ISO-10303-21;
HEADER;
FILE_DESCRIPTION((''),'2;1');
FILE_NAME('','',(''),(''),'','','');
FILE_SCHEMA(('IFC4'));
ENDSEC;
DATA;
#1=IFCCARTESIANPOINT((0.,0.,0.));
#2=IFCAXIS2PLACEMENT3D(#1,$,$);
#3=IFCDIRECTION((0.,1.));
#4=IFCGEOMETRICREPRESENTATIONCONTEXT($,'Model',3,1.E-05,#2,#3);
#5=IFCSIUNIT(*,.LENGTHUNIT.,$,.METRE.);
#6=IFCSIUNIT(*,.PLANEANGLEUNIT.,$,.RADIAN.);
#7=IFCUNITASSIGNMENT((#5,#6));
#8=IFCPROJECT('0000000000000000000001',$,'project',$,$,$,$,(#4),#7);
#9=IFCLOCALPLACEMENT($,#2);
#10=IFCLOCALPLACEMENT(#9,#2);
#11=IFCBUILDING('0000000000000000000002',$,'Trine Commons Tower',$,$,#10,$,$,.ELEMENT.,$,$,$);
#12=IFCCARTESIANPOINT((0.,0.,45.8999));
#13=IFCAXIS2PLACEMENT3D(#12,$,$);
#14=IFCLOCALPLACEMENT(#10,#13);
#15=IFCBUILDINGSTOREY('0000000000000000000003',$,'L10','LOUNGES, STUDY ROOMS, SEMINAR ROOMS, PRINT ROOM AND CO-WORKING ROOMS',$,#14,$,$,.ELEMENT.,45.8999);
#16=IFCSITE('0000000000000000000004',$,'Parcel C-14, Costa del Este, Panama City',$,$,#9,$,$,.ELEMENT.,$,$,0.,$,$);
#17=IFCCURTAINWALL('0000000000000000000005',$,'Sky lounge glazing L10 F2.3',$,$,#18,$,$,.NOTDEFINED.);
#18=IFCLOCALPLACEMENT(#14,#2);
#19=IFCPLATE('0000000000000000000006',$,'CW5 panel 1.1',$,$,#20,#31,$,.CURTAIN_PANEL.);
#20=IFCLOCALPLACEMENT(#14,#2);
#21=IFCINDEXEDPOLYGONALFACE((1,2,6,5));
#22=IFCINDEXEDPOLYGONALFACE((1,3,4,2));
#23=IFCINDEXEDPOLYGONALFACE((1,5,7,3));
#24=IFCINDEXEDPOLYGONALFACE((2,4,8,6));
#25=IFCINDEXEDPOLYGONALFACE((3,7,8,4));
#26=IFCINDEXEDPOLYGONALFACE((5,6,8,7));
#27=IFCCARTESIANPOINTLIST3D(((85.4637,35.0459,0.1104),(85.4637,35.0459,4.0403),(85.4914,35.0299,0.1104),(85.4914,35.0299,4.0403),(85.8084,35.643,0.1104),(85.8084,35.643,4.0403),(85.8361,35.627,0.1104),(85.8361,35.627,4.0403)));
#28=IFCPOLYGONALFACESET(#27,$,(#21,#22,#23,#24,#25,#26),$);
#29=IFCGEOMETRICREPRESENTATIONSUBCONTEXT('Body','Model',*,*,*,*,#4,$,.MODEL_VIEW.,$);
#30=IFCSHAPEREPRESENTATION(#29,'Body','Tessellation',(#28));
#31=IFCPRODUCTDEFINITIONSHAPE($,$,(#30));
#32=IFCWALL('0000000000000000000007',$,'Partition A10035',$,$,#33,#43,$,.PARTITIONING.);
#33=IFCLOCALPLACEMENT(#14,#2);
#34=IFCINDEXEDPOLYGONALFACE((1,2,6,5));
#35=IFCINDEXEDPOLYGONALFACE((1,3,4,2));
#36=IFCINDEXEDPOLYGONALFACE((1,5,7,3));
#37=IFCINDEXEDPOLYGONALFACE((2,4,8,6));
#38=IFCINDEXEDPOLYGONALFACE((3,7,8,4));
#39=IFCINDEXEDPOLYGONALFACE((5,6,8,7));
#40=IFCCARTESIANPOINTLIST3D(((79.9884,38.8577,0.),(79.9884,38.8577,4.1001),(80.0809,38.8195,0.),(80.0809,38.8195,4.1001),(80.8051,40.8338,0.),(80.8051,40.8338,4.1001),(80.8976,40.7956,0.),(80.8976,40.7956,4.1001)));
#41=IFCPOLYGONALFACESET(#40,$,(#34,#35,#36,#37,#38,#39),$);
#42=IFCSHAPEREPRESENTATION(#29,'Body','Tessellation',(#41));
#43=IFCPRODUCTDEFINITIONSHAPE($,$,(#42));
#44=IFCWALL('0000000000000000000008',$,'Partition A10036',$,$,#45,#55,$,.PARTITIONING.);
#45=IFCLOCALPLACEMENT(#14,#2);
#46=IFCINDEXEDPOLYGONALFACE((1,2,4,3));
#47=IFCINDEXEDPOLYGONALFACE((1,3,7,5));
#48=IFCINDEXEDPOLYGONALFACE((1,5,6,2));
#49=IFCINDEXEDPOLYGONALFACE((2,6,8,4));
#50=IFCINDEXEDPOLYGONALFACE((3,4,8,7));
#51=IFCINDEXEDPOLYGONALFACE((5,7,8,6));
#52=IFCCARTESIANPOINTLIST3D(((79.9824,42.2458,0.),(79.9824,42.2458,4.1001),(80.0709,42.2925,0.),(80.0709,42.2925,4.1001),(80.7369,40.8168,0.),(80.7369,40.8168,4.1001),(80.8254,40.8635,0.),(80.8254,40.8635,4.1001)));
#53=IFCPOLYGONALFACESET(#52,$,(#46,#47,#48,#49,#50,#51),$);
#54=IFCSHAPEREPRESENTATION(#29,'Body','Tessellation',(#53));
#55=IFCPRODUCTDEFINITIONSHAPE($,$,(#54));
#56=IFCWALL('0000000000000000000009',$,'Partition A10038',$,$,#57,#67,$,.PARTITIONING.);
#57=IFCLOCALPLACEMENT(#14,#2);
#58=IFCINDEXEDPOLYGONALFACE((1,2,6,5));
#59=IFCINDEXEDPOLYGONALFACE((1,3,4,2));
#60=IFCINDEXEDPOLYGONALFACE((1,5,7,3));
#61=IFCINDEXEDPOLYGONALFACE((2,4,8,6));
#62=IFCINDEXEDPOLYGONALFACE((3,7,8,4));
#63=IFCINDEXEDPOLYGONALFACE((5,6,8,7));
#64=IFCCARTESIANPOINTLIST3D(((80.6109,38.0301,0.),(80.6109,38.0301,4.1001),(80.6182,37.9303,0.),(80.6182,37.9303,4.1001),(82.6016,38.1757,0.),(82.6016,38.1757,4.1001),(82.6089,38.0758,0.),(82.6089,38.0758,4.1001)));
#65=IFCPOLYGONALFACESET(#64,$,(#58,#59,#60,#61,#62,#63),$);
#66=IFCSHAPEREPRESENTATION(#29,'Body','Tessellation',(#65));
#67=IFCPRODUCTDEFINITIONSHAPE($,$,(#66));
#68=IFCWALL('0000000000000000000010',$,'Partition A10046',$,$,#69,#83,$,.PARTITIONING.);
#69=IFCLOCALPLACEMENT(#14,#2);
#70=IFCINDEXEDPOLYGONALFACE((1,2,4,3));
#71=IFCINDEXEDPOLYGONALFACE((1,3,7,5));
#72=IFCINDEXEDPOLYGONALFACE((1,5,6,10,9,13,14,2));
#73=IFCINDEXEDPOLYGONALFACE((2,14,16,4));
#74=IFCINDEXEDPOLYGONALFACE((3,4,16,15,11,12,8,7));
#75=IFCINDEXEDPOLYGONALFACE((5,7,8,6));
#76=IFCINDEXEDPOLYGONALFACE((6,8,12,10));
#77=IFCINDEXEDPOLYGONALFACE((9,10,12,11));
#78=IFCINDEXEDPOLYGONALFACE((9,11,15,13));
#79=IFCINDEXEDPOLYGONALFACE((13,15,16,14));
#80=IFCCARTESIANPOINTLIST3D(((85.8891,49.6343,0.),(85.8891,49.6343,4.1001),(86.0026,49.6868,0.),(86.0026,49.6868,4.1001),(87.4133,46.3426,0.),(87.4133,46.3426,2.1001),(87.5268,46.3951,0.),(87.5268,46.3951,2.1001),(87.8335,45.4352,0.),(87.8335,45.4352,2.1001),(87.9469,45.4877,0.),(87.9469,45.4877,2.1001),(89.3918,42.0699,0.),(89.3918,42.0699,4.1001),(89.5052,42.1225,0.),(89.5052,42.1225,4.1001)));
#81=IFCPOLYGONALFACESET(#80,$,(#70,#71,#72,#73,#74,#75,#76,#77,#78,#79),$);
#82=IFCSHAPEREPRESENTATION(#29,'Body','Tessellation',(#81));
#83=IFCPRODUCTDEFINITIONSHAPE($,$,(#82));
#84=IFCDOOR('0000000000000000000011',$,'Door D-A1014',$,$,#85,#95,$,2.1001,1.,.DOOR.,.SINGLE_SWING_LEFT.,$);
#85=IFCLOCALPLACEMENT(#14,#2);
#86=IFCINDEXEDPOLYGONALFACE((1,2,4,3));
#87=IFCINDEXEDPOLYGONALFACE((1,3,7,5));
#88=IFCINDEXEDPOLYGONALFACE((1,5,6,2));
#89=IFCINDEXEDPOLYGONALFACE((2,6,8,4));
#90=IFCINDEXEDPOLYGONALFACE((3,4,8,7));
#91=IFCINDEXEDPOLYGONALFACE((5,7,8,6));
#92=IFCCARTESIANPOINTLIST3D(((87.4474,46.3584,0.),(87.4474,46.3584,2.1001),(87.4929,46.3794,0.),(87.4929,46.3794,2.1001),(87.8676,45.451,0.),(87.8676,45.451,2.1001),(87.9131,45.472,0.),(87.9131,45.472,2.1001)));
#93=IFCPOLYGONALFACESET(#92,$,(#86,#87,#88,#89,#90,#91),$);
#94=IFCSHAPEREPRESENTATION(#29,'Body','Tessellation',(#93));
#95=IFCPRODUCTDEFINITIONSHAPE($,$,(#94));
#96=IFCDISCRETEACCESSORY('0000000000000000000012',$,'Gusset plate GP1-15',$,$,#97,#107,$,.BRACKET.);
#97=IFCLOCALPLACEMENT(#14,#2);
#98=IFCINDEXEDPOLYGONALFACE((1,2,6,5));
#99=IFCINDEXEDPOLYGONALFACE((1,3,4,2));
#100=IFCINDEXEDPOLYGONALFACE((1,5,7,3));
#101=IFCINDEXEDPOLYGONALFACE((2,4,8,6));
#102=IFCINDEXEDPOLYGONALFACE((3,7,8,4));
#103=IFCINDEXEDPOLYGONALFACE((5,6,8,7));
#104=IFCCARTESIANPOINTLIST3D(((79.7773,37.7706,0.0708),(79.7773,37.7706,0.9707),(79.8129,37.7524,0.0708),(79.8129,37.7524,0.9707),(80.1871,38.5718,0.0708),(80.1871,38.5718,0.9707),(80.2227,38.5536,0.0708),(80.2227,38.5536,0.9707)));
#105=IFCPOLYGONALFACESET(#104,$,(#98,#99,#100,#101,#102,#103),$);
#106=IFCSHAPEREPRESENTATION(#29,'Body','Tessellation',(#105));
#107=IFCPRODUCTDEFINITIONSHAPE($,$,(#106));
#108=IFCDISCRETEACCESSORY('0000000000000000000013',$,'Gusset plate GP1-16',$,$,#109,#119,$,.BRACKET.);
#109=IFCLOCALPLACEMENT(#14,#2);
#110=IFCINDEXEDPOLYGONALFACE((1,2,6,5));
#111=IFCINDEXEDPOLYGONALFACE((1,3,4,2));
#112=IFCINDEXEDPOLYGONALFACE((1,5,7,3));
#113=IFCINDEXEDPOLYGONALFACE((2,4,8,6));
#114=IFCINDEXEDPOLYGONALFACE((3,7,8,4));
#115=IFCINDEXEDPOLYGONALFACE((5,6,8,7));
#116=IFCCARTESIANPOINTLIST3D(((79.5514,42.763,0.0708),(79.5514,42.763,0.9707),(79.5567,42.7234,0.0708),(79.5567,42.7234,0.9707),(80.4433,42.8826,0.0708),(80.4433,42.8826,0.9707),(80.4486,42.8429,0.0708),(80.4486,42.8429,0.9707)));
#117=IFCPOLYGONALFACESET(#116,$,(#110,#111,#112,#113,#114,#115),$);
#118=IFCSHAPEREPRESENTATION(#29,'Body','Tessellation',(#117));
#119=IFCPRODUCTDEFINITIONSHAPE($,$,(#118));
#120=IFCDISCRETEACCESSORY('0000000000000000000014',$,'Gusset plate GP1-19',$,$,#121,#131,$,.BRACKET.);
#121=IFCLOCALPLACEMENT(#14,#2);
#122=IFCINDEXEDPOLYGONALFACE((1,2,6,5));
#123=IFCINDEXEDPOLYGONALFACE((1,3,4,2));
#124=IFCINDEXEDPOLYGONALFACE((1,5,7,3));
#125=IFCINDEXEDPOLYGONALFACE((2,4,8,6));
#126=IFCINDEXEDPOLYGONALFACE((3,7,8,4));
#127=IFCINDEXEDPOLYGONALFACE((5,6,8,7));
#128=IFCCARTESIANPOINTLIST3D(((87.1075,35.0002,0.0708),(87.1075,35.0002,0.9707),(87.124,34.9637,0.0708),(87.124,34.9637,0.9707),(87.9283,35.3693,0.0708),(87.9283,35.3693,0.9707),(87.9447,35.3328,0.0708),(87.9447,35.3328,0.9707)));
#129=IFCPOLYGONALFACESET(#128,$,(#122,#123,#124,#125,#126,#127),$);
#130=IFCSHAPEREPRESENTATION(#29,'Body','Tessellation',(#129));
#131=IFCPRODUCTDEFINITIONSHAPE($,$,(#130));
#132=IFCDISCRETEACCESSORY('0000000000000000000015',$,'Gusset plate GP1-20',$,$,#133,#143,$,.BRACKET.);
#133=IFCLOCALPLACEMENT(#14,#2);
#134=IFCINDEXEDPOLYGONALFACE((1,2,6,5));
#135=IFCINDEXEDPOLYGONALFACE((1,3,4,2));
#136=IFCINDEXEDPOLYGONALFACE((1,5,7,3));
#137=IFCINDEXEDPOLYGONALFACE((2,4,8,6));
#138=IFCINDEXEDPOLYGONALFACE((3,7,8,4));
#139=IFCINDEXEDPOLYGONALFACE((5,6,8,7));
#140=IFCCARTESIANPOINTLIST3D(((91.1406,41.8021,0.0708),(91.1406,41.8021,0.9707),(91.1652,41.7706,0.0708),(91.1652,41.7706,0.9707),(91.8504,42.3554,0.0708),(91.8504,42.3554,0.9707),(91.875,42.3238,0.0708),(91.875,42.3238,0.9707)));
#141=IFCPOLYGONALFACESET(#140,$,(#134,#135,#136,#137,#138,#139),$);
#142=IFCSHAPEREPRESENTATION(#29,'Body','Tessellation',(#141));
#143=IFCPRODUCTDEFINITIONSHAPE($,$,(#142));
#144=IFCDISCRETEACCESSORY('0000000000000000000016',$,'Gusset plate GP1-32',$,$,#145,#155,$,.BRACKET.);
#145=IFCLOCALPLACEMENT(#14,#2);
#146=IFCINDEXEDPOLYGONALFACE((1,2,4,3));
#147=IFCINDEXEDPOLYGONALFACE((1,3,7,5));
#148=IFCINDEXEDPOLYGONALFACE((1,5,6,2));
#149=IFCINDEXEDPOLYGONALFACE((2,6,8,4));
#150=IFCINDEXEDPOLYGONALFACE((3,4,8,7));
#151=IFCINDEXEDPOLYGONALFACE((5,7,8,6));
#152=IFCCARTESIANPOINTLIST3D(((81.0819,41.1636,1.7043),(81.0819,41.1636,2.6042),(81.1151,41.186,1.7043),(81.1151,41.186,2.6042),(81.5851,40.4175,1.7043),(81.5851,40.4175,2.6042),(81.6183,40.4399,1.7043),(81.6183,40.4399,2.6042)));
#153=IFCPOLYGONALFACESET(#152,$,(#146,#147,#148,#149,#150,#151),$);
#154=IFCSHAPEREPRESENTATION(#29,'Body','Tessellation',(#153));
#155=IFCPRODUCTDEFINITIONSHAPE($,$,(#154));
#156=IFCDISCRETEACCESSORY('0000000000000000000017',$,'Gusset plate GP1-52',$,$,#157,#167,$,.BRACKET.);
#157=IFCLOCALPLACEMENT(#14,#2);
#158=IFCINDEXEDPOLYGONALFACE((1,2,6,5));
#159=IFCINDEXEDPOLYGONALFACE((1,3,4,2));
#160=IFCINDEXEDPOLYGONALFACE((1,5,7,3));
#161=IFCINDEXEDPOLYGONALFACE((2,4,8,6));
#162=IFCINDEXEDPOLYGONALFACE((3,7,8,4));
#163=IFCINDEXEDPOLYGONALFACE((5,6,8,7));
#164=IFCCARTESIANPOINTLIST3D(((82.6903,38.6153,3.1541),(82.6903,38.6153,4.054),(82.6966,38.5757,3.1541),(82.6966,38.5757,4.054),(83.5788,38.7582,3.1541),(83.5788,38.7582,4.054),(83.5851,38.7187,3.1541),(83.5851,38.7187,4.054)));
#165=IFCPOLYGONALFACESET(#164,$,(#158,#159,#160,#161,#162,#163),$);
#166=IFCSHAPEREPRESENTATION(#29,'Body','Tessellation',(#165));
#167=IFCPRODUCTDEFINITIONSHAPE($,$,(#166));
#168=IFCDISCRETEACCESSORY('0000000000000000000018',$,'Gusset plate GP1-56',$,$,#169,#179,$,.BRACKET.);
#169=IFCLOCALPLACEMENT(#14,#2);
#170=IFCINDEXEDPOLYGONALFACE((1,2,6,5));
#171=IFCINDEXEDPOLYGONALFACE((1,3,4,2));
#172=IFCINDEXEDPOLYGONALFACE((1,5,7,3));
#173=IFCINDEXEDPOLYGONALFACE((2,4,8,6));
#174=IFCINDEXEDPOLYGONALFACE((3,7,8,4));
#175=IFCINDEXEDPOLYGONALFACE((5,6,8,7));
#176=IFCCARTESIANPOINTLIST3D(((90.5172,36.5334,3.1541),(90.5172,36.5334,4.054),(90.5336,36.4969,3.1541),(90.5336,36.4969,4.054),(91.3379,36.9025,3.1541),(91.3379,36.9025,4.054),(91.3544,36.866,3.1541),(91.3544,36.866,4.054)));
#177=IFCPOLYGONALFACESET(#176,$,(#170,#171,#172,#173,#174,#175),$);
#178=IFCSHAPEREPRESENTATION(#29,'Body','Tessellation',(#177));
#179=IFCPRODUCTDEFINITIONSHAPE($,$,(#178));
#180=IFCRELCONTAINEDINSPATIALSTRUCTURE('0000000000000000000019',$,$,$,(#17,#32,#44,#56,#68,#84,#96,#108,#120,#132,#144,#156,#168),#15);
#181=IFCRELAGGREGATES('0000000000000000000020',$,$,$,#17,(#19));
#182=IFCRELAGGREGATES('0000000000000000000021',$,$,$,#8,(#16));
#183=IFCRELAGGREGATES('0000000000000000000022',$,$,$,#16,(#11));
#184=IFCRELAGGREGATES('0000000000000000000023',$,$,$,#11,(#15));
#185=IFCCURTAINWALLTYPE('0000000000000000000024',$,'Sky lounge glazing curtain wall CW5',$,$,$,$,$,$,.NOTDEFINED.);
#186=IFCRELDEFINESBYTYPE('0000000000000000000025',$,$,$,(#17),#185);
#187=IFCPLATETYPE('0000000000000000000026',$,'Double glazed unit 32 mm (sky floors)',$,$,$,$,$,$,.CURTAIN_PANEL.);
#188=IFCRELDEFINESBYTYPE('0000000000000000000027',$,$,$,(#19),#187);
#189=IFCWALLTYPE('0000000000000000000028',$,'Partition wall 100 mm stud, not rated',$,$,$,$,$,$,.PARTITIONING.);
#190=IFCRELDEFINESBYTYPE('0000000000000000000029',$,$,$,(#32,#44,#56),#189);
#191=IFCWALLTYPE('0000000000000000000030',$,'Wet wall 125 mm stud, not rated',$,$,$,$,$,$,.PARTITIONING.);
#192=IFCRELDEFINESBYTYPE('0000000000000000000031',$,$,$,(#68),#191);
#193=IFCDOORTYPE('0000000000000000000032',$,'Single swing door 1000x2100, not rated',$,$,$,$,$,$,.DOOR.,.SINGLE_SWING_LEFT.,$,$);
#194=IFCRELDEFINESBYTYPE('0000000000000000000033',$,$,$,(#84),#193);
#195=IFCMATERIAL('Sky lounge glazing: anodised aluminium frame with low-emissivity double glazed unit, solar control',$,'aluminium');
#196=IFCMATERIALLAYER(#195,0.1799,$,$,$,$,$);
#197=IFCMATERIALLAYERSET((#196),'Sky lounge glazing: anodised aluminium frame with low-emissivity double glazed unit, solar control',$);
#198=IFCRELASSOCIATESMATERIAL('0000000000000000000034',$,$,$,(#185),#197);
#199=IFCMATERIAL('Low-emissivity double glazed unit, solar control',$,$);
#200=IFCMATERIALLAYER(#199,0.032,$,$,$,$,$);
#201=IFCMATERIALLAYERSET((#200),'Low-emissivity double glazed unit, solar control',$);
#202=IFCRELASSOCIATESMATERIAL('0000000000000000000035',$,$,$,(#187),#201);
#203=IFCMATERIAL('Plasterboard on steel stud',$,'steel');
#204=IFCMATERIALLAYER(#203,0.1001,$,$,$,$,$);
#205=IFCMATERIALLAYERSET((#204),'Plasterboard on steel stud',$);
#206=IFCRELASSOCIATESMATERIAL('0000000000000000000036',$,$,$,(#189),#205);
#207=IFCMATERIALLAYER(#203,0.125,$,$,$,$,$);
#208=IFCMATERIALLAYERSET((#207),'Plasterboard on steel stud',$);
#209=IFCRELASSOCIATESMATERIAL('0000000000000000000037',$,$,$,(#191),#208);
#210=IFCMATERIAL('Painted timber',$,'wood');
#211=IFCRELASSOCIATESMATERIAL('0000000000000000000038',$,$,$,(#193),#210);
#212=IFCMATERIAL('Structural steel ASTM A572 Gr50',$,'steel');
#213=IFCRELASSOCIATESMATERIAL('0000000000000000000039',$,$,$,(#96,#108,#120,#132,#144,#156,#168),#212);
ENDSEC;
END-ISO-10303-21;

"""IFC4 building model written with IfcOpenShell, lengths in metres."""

from ifc_helpers import new_model, si_unit, direction, frame, frame_2d, origin, origin_2d, place, context, subcontext, project, spatial, rectangle, extrude, material, layer, layer_set, type_object, element, fill, aggregate, save


model = new_model("IFC4")

# Units and contexts
model_context = context("Model", 3, precision=1e-05, world=origin(), true_north=direction((0.0, 1.0)))
body_context = subcontext(model_context, "Body", "Model", "MODEL_VIEW")
ifc_project = project(units=[si_unit("LENGTHUNIT", "METRE"), si_unit("PLANEANGLEUNIT", "RADIAN")], contexts=[model_context])

# Site, building, storey
site_placement = place(None, origin())
site = spatial("IfcSite", under=ifc_project, at=site_placement, Name="Parcel C-14, Costa del Este, Panama City", CompositionType="ELEMENT", RefElevation=0.0)
building_placement = place(site_placement, origin())
building = spatial("IfcBuilding", under=site, at=building_placement, Name="Trine Commons Tower", CompositionType="ELEMENT")
storey_placement = place(building_placement, frame((0.0, 0.0, 45.8999)))
storey = spatial("IfcBuildingStorey", under=building, at=storey_placement, Name="L10", Description="LOUNGES, STUDY ROOMS, SEMINAR ROOMS, PRINT ROOM AND CO-WORKING ROOMS", CompositionType="ELEMENT", Elevation=45.8999)

# Curtain wall
ifc_material_1 = material(Name="Sky lounge glazing: anodised aluminium frame with low-emissivity double glazed unit, solar control", Category="aluminium")
ifc_layer_1 = layer(ifc_material_1, 0.1799)
ifc_layer_set_1 = layer_set([ifc_layer_1], Name="Sky lounge glazing: anodised aluminium frame with low-emissivity double glazed unit, solar control")
curtain_wall_type = type_object("IfcCurtainWallType", Name="Sky lounge glazing curtain wall CW5", PredefinedType="NOTDEFINED", material=ifc_layer_set_1)
curtain_wall_1_placement = place(storey_placement, origin())
curtain_wall_1 = element("IfcCurtainWall", 1, at=curtain_wall_1_placement, inside=storey, type_object=curtain_wall_type, Name="Sky lounge glazing L10 F2.3", PredefinedType="NOTDEFINED")

# Plate
ifc_material_2 = material(Name="Low-emissivity double glazed unit, solar control")
ifc_layer_2 = layer(ifc_material_2, 0.032)
ifc_layer_set_2 = layer_set([ifc_layer_2], Name="Low-emissivity double glazed unit, solar control")
plate_type = type_object("IfcPlateType", Name="Double glazed unit 32 mm (sky floors)", PredefinedType="CURTAIN_PANEL", material=ifc_layer_set_2)
plate_1_placement = place(storey_placement, frame((85.6499, 35.3364, 0.1104), z_axis=(0.0, 0.0, 1.0), x_axis=(-0.5, -0.866025, 0.0)))
plate_1 = element("IfcPlate", 2, at=plate_1_placement, type_object=plate_type, Name="CW5 panel 1.1", PredefinedType="CURTAIN_PANEL", context=body_context, shape_type="SweptSolid", body=[
    extrude(rectangle(XDim=0.6895, YDim=0.032, at=origin_2d()), origin(), (0.0, 0.0, 1.0), 3.9299),
])
aggregate(curtain_wall_1, [plate_1])

# Walls
ifc_material_3 = material(Name="Plasterboard on steel stud", Category="steel")
ifc_layer_3 = layer(ifc_material_3, 0.1001)
ifc_layer_set_3 = layer_set([ifc_layer_3], Name="Plasterboard on steel stud")
wall_type_1 = type_object("IfcWallType", Name="Partition wall 100 mm stud, not rated", PredefinedType="PARTITIONING", material=ifc_layer_set_3)
wall_1_placement = place(storey_placement, frame((80.0347, 38.8386, 0.0), z_axis=(0.0, 0.0, 1.0), x_axis=(0.381938, 0.924188, 0.0)))
element("IfcWall", 3, at=wall_1_placement, inside=storey, type_object=wall_type_1, Name="Partition A10035", PredefinedType="PARTITIONING", context=body_context, shape_type="SweptSolid", body=[
    extrude(rectangle(XDim=2.1382, YDim=0.1001, at=frame_2d((1.0691, 0.0))), origin(), (0.0, 0.0, 1.0), 4.1001),
])
wall_2_placement = place(storey_placement, frame((80.0266, 42.2693, 0.0), z_axis=(0.0, 0.0, 1.0), x_axis=(0.466867, -0.884328, 0.0)))
element("IfcWall", 4, at=wall_2_placement, inside=storey, type_object=wall_type_1, Name="Partition A10036", PredefinedType="PARTITIONING", context=body_context, shape_type="SweptSolid", body=[
    extrude(rectangle(XDim=1.616, YDim=0.1001, at=frame_2d((0.8081, 0.0))), origin(), (0.0, 0.0, 1.0), 4.1001),
])
wall_3_placement = place(storey_placement, frame((80.6145, 37.9802, 0.0), z_axis=(0.0, 0.0, 1.0), x_axis=(0.997339, 0.072898, 0.0)))
element("IfcWall", 5, at=wall_3_placement, inside=storey, type_object=wall_type_1, Name="Partition A10038", PredefinedType="PARTITIONING", context=body_context, shape_type="SweptSolid", body=[
    extrude(rectangle(XDim=1.9961, YDim=0.1001, at=frame_2d((0.998, 0.0))), origin(), (0.0, 0.0, 1.0), 4.1001),
])

# Wall, opening, door
ifc_layer_4 = layer(ifc_material_3, 0.125)
ifc_layer_set_4 = layer_set([ifc_layer_4], Name="Plasterboard on steel stud")
wall_type_2 = type_object("IfcWallType", Name="Wet wall 125 mm stud, not rated", PredefinedType="PARTITIONING", material=ifc_layer_set_4)
wall_4_placement = place(storey_placement, frame((89.4485, 42.0962, 0.0), z_axis=(0.0, 0.0, 1.0), x_axis=(-0.420185, 0.907438, 0.0)))
wall_4 = element("IfcWall", 6, at=wall_4_placement, inside=storey, type_object=wall_type_2, Name="Partition A10046", PredefinedType="PARTITIONING", context=body_context, shape_type="SweptSolid", body=[
    extrude(rectangle(XDim=8.3359, YDim=0.125, at=frame_2d((4.168, 0.0))), origin(), (0.0, 0.0, 1.0), 4.1001),
])
opening_placement = place(wall_4_placement, frame((3.7085, 0.0, 0.0)))
opening = element("IfcOpeningElement", 7, at=opening_placement, cuts=wall_4, PredefinedType="OPENING", context=body_context, shape_type="SweptSolid", body=[
    extrude(rectangle(XDim=1.0, YDim=2.1001, at=frame_2d((0.5, 1.05))), frame((0.0, 0.0725, 0.0), z_axis=(0.0, -1.0, 0.0), x_axis=(1.0, 0.0, 0.0)), (0.0, 0.0, 1.0), 0.145),
])
ifc_material_4 = material(Name="Painted timber", Category="wood")
door_type = type_object("IfcDoorType", Name="Single swing door 1000x2100, not rated", OperationType="SINGLE_SWING_LEFT", PredefinedType="DOOR", material=ifc_material_4)
door_placement = place(opening_placement, origin())
door = element("IfcDoor", 8, at=door_placement, inside=storey, type_object=door_type, Name="Door D-A1014", OperationType="SINGLE_SWING_LEFT", OverallHeight=2.1001, OverallWidth=1.0, PredefinedType="DOOR", context=body_context, shape_type="SweptSolid", body=[
    extrude(rectangle(XDim=1.0, YDim=2.1001, at=frame_2d((0.5, 1.05))), frame((0.0, 0.0249, 0.0), z_axis=(0.0, -1.0, 0.0), x_axis=(1.0, 0.0, 0.0)), (0.0, 0.0, 1.0), 0.05),
])
fill(opening, door)

# Discrete accessories
ifc_material_5 = material(Name="Structural steel ASTM A572 Gr50", Category="steel")
for number, where, z_axis, x_axis, name in (
    (9, (80.0, 38.1621, 0.0708), (0.0, 0.0, 1.0), (0.455343, 0.890316, 0.0), "Gusset plate GP1-15"),
    (10, (80.0, 42.803, 0.0708), (0.0, 0.0, 1.0), (0.991135, 0.132862, 0.0), "Gusset plate GP1-16"),
    (11, (87.5261, 35.1665, 0.0708), (0.0, 0.0, 1.0), (0.912027, 0.41013, 0.0), "Gusset plate GP1-19"),
    (12, (91.5078, 42.063, 0.0708), (0.0, 0.0, 1.0), (0.788687, 0.614795, 0.0), "Gusset plate GP1-20"),
    (13, (81.3501, 40.8018, 1.7043), (0.0, 0.0, 1.0), (0.559236, -0.829008, 0.0), "Gusset plate GP1-32"),
    (14, (83.1377, 38.667, 3.1541), (0.0, 0.0, 1.0), (0.9873, 0.158865, 0.0), "Gusset plate GP1-52"),
    (15, (90.9358, 36.6997, 3.1541), (0.0, 0.0, 1.0), (0.912027, 0.41013, 0.0), "Gusset plate GP1-56"),
):
    element("IfcDiscreteAccessory", number, at=place(storey_placement, frame(where, z_axis=z_axis, x_axis=x_axis)), inside=storey, material=ifc_material_5, Name=name, PredefinedType="BRACKET", context=body_context, shape_type="SweptSolid", body=[
        extrude(rectangle(XDim=0.8999, YDim=0.04, at=origin_2d()), origin(), (0.0, 0.0, 1.0), 0.8999),
    ])

save(model, "model.ifc")
